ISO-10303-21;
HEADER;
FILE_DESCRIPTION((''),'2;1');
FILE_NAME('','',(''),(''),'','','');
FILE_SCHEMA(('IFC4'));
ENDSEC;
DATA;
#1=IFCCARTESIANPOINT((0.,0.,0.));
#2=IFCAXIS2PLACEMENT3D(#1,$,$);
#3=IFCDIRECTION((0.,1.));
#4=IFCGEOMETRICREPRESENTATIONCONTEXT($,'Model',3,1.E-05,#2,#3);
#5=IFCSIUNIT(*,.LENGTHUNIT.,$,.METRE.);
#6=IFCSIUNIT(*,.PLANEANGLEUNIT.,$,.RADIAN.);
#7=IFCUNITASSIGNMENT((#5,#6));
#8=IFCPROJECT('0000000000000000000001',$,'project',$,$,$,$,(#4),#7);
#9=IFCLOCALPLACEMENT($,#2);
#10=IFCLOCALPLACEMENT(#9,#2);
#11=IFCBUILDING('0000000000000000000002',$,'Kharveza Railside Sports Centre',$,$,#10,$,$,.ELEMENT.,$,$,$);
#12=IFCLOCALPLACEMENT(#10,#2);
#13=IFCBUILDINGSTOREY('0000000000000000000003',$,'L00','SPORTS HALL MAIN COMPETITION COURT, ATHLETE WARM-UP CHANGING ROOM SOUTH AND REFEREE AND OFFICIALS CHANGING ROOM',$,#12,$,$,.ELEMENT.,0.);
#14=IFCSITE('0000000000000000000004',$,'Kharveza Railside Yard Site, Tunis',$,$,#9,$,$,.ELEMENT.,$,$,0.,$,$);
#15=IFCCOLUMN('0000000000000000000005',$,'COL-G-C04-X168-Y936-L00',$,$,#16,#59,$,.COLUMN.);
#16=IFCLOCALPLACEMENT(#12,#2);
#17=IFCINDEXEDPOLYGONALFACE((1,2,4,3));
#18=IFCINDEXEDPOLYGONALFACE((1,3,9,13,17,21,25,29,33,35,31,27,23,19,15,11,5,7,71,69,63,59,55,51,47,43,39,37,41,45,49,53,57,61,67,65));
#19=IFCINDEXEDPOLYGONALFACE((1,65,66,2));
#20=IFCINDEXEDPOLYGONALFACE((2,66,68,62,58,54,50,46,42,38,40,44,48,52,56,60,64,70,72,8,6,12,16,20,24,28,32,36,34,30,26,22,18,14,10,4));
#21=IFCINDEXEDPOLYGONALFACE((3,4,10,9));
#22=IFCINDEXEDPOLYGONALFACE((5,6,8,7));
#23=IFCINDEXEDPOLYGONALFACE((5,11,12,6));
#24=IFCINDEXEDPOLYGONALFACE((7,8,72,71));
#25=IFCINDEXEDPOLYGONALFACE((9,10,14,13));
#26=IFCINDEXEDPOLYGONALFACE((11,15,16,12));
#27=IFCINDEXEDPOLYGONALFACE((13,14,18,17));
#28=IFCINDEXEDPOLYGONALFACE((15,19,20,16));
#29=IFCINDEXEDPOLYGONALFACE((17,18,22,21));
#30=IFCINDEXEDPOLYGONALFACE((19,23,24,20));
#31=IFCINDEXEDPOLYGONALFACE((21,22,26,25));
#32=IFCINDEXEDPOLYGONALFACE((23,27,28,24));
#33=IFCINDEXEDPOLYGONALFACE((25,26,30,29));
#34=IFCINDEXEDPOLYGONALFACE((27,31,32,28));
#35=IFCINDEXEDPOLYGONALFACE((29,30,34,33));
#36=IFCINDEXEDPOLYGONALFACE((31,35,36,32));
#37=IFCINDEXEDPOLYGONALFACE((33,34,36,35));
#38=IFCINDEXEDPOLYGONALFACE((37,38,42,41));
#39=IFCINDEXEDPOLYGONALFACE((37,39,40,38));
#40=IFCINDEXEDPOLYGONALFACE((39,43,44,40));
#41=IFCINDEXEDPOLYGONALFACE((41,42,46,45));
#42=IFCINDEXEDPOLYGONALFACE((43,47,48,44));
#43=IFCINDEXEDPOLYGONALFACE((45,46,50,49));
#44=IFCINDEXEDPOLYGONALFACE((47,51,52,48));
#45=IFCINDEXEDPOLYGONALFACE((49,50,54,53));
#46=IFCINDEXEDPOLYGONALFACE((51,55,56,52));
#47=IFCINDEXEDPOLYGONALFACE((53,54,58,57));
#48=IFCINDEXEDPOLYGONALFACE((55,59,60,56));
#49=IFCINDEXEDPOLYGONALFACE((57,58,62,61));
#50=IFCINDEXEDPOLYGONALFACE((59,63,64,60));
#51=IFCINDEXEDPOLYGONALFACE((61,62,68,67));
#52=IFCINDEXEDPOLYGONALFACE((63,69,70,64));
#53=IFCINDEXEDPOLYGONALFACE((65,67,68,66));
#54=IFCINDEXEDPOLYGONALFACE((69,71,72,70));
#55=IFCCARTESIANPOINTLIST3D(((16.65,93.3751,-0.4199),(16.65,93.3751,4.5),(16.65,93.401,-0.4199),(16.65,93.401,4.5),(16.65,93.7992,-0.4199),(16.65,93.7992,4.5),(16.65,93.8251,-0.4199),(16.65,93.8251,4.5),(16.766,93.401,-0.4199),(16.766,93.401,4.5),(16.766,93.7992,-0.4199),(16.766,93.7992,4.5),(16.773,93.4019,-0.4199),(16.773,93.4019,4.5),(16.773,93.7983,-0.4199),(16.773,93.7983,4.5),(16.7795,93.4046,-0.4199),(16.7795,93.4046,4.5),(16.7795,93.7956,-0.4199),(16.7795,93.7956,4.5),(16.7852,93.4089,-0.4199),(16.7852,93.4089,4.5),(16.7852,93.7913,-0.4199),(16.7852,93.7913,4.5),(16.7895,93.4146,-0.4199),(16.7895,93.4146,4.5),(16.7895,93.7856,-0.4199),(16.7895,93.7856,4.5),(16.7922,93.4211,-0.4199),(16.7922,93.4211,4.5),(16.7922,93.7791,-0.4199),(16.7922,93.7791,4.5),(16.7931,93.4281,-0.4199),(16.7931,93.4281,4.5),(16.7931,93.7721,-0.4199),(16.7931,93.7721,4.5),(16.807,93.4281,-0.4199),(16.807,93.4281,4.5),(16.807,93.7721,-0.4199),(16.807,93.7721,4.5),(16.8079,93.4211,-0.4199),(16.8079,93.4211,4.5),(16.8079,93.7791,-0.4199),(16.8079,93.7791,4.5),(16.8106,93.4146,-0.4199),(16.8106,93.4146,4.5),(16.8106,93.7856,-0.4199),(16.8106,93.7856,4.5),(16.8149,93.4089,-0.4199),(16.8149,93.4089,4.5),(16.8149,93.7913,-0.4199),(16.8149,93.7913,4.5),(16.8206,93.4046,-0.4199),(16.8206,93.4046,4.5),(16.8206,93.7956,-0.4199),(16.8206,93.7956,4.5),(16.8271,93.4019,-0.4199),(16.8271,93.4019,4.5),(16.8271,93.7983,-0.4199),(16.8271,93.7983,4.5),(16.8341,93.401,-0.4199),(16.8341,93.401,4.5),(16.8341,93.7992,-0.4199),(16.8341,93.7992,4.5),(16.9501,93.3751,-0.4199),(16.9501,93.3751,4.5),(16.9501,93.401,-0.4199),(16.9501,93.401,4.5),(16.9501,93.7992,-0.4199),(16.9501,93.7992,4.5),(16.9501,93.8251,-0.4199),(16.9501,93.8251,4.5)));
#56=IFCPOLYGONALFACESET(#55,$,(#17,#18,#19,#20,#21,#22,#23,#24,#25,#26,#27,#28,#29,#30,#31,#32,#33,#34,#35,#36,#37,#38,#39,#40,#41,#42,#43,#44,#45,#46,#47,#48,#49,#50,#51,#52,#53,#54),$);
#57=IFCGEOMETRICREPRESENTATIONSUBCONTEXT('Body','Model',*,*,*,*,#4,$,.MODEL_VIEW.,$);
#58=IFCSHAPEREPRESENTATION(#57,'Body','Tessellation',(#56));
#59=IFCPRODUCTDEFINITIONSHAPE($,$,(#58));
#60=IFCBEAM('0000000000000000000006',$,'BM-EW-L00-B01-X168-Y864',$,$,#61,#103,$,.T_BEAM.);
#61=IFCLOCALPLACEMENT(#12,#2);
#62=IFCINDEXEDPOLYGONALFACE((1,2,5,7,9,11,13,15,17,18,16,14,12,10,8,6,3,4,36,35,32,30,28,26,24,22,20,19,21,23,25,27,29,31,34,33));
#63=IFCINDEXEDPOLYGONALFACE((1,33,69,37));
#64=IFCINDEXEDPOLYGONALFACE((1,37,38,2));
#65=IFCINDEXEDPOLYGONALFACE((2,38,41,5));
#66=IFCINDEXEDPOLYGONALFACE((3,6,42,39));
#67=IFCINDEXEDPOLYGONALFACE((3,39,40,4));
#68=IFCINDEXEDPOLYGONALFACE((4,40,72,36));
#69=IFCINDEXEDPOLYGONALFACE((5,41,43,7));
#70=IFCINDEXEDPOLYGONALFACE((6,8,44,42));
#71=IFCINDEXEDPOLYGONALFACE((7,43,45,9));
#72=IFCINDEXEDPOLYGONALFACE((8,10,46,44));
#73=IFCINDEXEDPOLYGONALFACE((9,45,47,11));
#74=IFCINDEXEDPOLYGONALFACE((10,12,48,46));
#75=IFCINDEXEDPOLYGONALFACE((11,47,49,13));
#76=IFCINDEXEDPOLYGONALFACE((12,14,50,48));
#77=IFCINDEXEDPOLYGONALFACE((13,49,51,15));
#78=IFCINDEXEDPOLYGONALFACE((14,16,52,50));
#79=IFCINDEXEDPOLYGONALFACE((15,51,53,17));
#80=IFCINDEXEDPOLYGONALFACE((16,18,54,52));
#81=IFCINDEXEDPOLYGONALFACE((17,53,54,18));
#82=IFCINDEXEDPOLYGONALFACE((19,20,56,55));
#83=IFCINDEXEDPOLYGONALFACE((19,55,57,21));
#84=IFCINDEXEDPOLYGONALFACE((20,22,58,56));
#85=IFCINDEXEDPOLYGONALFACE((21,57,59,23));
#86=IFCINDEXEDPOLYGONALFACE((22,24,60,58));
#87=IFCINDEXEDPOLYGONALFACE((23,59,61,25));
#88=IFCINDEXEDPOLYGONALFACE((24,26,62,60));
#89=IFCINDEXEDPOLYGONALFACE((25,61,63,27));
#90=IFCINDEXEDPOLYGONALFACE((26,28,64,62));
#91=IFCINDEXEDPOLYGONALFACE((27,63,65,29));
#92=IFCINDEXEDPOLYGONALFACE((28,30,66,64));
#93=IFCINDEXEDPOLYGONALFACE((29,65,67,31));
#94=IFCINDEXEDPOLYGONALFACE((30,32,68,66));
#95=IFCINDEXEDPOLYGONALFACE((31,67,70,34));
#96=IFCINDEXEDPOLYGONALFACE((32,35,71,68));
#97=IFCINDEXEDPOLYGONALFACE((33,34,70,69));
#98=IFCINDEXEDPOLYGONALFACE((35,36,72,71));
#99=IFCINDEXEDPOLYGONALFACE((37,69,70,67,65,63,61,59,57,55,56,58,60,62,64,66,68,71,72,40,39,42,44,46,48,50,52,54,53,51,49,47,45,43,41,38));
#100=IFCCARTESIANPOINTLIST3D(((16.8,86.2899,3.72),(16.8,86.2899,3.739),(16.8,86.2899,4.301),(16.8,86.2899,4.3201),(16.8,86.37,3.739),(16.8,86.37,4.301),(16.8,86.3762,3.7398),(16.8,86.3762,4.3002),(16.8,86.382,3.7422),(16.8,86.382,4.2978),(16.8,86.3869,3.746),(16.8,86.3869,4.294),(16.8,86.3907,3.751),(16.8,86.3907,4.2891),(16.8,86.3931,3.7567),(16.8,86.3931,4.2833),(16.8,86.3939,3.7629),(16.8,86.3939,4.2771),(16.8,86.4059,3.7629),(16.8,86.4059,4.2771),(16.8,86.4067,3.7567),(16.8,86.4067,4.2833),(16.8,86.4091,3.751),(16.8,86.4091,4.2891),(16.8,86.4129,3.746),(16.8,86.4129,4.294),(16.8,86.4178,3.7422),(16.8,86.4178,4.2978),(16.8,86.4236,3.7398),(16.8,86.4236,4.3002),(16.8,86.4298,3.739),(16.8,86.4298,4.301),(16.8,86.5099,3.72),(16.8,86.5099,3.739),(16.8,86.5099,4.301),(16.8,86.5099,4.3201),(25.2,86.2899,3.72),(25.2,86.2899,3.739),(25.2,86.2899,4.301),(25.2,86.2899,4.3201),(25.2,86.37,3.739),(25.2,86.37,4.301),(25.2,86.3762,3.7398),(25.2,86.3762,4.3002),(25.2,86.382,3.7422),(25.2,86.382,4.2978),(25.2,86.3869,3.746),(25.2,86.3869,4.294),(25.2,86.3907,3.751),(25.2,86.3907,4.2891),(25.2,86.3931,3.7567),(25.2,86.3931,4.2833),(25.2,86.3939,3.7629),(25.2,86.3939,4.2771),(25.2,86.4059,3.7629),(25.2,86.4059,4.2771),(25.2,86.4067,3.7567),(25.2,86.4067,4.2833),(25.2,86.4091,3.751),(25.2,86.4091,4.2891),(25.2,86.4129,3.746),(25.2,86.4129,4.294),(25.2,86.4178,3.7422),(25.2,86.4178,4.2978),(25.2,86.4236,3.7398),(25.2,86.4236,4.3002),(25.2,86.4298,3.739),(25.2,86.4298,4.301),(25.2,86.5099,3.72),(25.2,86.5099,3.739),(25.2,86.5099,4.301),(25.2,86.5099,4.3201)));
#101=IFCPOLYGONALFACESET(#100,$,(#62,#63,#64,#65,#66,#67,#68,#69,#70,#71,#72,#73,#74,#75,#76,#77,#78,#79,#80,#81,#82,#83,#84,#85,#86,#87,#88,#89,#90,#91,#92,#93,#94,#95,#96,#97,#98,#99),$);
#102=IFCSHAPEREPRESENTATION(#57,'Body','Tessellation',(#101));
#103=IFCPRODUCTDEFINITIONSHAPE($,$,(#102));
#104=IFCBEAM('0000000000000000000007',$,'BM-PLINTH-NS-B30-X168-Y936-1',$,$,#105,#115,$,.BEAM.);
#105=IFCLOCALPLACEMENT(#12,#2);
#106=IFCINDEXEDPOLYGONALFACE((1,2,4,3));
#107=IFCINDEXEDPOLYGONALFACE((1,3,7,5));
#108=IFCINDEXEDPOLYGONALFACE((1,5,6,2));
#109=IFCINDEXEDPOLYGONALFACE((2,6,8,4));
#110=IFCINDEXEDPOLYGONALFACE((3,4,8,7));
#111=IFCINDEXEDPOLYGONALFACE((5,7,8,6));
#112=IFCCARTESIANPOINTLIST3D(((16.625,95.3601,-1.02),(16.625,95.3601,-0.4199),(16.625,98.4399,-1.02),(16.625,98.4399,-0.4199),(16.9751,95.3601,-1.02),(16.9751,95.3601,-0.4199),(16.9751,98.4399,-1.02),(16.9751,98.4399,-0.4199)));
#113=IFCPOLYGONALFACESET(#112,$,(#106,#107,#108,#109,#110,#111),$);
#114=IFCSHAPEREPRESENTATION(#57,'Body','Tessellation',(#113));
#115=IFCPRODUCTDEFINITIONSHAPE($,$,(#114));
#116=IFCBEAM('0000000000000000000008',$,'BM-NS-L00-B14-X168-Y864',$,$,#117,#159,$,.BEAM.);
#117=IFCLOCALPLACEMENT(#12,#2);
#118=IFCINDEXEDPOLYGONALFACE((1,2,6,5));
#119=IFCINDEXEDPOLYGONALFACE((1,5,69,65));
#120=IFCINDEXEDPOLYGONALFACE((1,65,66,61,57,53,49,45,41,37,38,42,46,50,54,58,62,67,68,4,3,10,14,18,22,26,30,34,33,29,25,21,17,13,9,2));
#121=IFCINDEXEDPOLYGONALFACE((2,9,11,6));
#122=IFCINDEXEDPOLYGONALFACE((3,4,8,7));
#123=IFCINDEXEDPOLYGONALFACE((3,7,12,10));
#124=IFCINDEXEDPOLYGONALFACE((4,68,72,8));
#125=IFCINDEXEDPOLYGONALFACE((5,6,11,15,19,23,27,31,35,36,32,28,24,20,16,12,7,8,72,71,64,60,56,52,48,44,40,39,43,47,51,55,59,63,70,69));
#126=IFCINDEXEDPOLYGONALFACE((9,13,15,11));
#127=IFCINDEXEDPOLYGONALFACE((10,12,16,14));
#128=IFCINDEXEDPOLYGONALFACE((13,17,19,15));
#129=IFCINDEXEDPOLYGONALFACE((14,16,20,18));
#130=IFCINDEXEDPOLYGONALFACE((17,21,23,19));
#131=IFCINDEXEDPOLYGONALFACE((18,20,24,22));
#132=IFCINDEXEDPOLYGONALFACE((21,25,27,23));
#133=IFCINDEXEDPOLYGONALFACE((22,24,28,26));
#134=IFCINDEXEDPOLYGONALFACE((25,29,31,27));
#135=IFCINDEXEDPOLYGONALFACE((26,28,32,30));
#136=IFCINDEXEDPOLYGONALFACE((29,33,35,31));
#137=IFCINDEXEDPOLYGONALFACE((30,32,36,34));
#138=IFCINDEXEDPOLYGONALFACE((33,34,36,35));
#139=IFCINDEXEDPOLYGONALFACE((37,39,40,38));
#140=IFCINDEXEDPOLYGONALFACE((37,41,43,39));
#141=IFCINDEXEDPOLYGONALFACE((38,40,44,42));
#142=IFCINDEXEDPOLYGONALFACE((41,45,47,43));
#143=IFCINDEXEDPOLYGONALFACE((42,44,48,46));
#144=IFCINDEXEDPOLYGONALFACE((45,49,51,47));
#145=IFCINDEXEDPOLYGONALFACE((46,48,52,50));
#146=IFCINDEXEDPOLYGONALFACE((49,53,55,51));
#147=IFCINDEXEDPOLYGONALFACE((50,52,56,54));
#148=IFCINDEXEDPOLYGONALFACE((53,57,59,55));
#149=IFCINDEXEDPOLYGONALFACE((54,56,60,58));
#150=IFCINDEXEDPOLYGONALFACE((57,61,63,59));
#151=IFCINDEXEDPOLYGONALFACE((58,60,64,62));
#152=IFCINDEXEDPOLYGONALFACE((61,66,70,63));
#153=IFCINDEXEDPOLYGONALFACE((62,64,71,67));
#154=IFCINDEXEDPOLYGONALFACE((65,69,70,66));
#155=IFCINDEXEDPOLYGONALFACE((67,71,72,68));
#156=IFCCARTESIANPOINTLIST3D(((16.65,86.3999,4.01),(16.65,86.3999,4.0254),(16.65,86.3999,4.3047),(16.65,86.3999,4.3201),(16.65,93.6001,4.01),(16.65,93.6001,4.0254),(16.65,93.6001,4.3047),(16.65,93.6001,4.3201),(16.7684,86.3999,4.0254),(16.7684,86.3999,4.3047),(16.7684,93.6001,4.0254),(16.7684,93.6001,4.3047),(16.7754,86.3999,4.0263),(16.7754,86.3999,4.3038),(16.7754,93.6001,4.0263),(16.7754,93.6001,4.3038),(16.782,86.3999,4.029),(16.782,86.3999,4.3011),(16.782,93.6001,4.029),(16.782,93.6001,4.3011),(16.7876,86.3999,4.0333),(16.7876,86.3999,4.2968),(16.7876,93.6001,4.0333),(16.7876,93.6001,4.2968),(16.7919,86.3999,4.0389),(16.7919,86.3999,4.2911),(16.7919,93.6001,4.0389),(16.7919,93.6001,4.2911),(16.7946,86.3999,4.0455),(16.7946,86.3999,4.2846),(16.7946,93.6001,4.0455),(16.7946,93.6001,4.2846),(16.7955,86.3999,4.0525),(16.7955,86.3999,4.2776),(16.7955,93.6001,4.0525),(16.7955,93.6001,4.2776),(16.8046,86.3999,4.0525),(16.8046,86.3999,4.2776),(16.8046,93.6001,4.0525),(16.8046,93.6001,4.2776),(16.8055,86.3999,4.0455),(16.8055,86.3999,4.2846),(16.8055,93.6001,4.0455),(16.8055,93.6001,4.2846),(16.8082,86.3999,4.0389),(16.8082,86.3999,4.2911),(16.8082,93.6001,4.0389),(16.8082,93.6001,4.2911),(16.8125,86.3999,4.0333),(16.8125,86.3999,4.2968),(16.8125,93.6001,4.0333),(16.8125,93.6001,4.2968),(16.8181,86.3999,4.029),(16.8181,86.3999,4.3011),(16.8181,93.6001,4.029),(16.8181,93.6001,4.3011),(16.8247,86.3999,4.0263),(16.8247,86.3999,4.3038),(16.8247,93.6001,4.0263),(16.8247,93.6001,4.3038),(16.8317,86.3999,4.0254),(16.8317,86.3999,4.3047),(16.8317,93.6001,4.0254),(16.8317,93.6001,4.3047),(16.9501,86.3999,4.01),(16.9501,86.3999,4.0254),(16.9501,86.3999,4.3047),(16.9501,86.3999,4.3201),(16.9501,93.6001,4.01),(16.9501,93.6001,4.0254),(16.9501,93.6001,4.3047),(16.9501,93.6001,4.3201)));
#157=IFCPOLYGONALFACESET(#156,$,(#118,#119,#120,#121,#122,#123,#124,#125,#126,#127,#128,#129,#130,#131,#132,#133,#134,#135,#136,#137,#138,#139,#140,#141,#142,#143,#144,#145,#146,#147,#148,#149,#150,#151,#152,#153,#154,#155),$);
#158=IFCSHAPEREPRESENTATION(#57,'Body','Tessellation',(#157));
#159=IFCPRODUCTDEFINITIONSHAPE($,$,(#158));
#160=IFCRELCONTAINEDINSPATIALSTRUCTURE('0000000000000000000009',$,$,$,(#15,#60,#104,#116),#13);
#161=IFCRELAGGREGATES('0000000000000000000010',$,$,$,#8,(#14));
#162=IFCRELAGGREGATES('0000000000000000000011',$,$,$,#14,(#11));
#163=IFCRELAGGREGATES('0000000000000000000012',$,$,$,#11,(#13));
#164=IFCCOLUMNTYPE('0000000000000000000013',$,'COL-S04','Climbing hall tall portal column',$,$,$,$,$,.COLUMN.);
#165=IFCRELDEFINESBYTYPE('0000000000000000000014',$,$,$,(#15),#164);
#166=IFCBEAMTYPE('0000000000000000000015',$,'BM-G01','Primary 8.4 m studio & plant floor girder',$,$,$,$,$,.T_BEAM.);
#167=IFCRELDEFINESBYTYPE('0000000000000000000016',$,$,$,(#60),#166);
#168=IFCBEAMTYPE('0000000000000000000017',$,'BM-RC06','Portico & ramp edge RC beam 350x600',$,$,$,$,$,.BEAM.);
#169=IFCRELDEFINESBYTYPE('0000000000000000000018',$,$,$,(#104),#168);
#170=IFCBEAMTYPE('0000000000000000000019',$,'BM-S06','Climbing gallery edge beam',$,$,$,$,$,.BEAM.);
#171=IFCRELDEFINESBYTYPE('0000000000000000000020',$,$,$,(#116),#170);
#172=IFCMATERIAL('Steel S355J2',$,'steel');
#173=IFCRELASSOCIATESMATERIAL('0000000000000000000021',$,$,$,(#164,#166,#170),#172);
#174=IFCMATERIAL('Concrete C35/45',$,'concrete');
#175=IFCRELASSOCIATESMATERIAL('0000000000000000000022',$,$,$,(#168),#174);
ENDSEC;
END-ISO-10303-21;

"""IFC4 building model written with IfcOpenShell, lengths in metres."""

from ifc_helpers import new_model, si_unit, direction, frame, origin, origin_2d, place, context, subcontext, project, spatial, rectangle, i_section, extrude, material, material_profile, profile_set, type_object, element, save


model = new_model("IFC4")

# Units and contexts
model_context = context("Model", 3, precision=1e-05, world=origin(), true_north=direction((0.0, 1.0)))
body_context = subcontext(model_context, "Body", "Model", "MODEL_VIEW")
ifc_project = project(units=[si_unit("LENGTHUNIT", "METRE"), si_unit("PLANEANGLEUNIT", "RADIAN")], contexts=[model_context])

# Site, building, storey
site_placement = place(None, origin())
site = spatial("IfcSite", under=ifc_project, at=site_placement, Name="Kharveza Railside Yard Site, Tunis", CompositionType="ELEMENT", RefElevation=0.0)
building_placement = place(site_placement, origin())
building = spatial("IfcBuilding", under=site, at=building_placement, Name="Kharveza Railside Sports Centre", CompositionType="ELEMENT")
storey_placement = place(building_placement, origin())
storey = spatial("IfcBuildingStorey", under=building, at=storey_placement, Name="L00", Description="SPORTS HALL MAIN COMPETITION COURT, ATHLETE WARM-UP CHANGING ROOM SOUTH AND REFEREE AND OFFICIALS CHANGING ROOM", CompositionType="ELEMENT", Elevation=0.0)

# Shared definitions
ifc_material_1 = material(Name="Concrete C35/45", Category="concrete")

# Column
ifc_material_2 = material(Name="Steel S355J2", Category="steel")
ifc_material_profile_1 = material_profile(ifc_material_2, i_section(OverallWidth=0.3, OverallDepth=0.45, WebThickness=0.0139, FlangeThickness=0.0259, FilletRadius=0.0271, at=origin_2d()), Name="HEB 450")
ifc_profile_set_1 = profile_set([ifc_material_profile_1], Name="Steel S355J2")
column_type = type_object("IfcColumnType", Name="COL-S04", Description="Climbing hall tall portal column", PredefinedType="COLUMN", material=ifc_profile_set_1)
for number, where, z_axis, x_axis, name in (
    (1, (16.8, 93.6001, -0.4199), (0.0, 0.0, 1.0), (1.0, 0.0, 0.0), "COL-G-C04-X168-Y936-L00"),
):
    element("IfcColumn", number, at=place(storey_placement, frame(where, z_axis=z_axis, x_axis=x_axis)), inside=storey, type_object=column_type, Name=name, PredefinedType="COLUMN", context=body_context, shape_type="SweptSolid", body=[
        extrude(i_section(OverallWidth=0.3, OverallDepth=0.45, WebThickness=0.0139, FlangeThickness=0.0259, FilletRadius=0.0271, at=origin_2d()), origin(), (0.0, 0.0, 1.0), 4.9199),
    ])

# Beams
ifc_material_profile_2 = material_profile(ifc_material_2, i_section(OverallWidth=0.22, OverallDepth=0.6001, WebThickness=0.012, FlangeThickness=0.019, FilletRadius=0.0239, at=origin_2d()), Name="IPE 600")
ifc_profile_set_2 = profile_set([ifc_material_profile_2], Name="Steel S355J2")
beam_type_1 = type_object("IfcBeamType", Name="BM-G01", Description="Primary 8.4 m studio & plant floor girder", PredefinedType="T_BEAM", material=ifc_profile_set_2)
beam_1_placement = place(storey_placement, frame((16.8, 86.3999, 4.02), z_axis=(1.0, 0.0, 0.0), x_axis=(0.0, 1.0, 0.0)))
element("IfcBeam", 2, at=beam_1_placement, inside=storey, type_object=beam_type_1, Name="BM-EW-L00-B01-X168-Y864", PredefinedType="T_BEAM", context=body_context, shape_type="SweptSolid", body=[
    extrude(i_section(OverallWidth=0.22, OverallDepth=0.6001, WebThickness=0.012, FlangeThickness=0.019, FilletRadius=0.0239, at=origin_2d()), origin(), (0.0, 0.0, 1.0), 8.3999),
])
ifc_material_profile_3 = material_profile(ifc_material_1, rectangle(XDim=0.3501, YDim=0.6001, at=origin_2d()), Name="RCB 350x600")
ifc_profile_set_3 = profile_set([ifc_material_profile_3], Name="Concrete C35/45")
beam_type_2 = type_object("IfcBeamType", Name="BM-RC06", Description="Portico & ramp edge RC beam 350x600", PredefinedType="BEAM", material=ifc_profile_set_3)
beam_2_placement = place(storey_placement, frame((16.8, 95.3601, -0.72), z_axis=(0.0, 1.0, 0.0), x_axis=(-1.0, 0.0, 0.0)))
element("IfcBeam", 3, at=beam_2_placement, inside=storey, type_object=beam_type_2, Name="BM-PLINTH-NS-B30-X168-Y936-1", PredefinedType="BEAM", context=body_context, shape_type="SweptSolid", body=[
    extrude(rectangle(XDim=0.3501, YDim=0.6001, at=origin_2d()), origin(), (0.0, 0.0, 1.0), 3.0798),
])
ifc_material_profile_4 = material_profile(ifc_material_2, i_section(OverallWidth=0.3, OverallDepth=0.3101, WebThickness=0.009, FlangeThickness=0.0154, FilletRadius=0.0271, at=origin_2d()), Name="HEA 320")
ifc_profile_set_4 = profile_set([ifc_material_profile_4], Name="Steel S355J2")
beam_type_3 = type_object("IfcBeamType", Name="BM-S06", Description="Climbing gallery edge beam", PredefinedType="BEAM", material=ifc_profile_set_4)
beam_3_placement = place(storey_placement, frame((16.8, 86.3999, 4.165), z_axis=(0.0, 1.0, 0.0), x_axis=(-1.0, 0.0, 0.0)))
element("IfcBeam", 4, at=beam_3_placement, inside=storey, type_object=beam_type_3, Name="BM-NS-L00-B14-X168-Y864", PredefinedType="BEAM", context=body_context, shape_type="SweptSolid", body=[
    extrude(i_section(OverallWidth=0.3, OverallDepth=0.3101, WebThickness=0.009, FlangeThickness=0.0154, FilletRadius=0.0271, at=origin_2d()), origin(), (0.0, 0.0, 1.0), 7.2002),
])

save(model, "model.ifc")
